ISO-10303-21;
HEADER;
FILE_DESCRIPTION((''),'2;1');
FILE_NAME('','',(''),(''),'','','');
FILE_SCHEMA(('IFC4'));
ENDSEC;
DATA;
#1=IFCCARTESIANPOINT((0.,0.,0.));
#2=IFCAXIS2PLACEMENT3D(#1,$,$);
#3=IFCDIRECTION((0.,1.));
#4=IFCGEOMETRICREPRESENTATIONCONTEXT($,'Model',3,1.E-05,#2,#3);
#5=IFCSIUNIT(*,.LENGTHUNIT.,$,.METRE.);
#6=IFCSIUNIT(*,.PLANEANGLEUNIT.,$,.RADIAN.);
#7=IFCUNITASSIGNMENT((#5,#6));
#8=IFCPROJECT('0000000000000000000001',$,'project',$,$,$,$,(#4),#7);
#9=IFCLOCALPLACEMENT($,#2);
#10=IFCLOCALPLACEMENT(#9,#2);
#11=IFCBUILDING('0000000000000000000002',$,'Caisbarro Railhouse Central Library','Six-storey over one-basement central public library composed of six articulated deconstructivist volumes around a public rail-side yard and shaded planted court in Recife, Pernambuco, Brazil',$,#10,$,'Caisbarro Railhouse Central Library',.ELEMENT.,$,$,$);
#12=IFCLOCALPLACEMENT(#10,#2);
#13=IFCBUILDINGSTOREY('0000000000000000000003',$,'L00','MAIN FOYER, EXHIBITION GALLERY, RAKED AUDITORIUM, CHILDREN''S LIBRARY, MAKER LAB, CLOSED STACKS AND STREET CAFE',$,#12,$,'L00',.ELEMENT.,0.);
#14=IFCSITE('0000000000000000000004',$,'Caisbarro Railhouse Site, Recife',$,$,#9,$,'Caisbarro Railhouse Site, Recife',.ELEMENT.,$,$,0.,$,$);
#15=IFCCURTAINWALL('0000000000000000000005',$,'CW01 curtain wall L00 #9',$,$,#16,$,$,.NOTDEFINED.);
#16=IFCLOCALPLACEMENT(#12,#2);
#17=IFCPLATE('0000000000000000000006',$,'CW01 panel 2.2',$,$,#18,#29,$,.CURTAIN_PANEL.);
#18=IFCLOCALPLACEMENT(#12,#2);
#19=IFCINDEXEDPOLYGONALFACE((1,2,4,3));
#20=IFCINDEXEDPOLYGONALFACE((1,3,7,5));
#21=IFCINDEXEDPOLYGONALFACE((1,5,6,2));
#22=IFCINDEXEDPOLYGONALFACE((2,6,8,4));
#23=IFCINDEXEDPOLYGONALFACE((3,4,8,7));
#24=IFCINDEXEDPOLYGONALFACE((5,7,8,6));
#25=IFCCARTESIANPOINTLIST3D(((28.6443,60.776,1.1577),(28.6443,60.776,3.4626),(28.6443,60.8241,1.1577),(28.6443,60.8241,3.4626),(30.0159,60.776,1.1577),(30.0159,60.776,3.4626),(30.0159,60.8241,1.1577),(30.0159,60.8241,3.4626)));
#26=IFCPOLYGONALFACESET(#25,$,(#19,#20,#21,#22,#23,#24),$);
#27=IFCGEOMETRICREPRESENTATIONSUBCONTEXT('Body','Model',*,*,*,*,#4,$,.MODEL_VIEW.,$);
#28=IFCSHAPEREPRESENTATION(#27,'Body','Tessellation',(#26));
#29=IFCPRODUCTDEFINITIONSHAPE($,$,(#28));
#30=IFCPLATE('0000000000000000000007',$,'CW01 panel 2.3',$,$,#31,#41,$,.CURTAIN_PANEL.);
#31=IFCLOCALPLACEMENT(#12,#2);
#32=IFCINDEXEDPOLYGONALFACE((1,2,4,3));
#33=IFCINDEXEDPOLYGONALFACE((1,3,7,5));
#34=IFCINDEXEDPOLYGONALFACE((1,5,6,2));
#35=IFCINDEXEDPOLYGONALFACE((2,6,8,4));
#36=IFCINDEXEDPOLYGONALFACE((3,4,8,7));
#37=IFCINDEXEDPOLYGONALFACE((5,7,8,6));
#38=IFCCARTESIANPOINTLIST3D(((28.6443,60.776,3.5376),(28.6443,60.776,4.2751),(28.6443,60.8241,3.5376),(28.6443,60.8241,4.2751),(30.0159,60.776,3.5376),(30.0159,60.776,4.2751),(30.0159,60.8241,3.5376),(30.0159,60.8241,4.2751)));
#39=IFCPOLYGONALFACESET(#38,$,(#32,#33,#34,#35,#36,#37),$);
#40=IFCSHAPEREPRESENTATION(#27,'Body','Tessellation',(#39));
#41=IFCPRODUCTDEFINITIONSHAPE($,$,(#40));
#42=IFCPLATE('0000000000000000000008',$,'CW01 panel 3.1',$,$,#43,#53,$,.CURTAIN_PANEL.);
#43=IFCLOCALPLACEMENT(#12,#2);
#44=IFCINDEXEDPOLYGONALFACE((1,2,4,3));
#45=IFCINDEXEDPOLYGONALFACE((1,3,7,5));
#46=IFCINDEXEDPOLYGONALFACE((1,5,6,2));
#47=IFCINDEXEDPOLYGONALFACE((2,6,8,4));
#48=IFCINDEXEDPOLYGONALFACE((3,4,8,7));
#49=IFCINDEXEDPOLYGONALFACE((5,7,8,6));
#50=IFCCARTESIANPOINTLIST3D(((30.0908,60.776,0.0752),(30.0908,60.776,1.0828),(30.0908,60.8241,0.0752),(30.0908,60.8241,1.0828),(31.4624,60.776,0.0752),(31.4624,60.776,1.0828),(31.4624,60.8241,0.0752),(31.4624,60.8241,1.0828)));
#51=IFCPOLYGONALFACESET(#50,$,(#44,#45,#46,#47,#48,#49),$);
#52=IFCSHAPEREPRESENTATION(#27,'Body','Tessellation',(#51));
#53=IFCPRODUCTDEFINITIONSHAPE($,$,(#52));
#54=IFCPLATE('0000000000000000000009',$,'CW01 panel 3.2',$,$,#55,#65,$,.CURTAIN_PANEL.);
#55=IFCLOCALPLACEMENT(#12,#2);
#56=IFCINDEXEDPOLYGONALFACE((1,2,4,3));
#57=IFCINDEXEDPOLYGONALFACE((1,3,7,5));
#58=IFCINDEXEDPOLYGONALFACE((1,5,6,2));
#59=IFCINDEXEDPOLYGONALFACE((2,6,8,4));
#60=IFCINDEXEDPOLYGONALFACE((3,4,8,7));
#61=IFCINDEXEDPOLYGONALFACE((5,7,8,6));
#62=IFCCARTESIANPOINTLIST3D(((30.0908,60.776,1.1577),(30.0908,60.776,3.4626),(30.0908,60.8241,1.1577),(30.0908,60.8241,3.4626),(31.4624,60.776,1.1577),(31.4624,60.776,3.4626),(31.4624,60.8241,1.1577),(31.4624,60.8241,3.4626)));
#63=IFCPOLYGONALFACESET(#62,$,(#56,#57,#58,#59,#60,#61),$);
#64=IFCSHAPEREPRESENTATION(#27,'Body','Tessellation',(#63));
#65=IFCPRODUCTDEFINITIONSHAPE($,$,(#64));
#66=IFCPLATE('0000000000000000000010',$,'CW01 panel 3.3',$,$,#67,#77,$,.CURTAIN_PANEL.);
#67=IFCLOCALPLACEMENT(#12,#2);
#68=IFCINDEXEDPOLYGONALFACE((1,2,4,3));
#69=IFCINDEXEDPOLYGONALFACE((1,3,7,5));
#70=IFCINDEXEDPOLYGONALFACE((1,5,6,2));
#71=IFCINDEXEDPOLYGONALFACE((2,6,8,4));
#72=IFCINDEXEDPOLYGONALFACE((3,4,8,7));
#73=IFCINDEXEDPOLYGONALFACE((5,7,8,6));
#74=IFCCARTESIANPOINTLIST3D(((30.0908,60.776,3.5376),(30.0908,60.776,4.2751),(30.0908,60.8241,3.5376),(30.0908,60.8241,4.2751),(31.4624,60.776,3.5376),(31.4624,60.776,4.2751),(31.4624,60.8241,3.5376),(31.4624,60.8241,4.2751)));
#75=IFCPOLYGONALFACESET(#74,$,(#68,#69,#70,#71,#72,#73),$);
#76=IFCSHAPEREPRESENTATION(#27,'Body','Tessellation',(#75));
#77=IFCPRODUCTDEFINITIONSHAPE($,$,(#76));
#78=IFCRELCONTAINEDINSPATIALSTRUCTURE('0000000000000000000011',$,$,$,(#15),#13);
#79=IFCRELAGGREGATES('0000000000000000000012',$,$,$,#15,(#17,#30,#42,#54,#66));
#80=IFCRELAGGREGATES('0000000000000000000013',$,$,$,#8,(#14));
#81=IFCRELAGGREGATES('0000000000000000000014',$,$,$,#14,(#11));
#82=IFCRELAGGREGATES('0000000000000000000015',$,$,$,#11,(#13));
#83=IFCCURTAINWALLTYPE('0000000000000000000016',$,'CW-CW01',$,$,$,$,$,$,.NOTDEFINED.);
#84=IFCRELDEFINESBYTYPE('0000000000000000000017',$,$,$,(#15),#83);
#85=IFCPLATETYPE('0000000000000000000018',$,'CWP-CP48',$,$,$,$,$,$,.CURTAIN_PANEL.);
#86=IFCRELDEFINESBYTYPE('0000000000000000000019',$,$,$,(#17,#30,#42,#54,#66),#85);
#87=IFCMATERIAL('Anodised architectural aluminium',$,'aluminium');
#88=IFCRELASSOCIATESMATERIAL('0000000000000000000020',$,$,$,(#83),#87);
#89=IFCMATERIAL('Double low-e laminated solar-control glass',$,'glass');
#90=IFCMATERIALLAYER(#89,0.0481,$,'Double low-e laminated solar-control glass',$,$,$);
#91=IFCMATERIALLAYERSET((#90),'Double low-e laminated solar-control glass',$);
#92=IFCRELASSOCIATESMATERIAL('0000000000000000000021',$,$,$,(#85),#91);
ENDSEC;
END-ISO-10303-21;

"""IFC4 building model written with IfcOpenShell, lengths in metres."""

from ifc_helpers import new_model, si_unit, direction, frame, origin, origin_2d, place, context, subcontext, project, spatial, rectangle, extrude, material, layer, layer_set, type_object, element, aggregate, save


model = new_model("IFC4")

# Units and contexts
model_context = context("Model", 3, precision=1e-05, world=origin(), true_north=direction((0.0, 1.0)))
body_context = subcontext(model_context, "Body", "Model", "MODEL_VIEW")
ifc_project = project(units=[si_unit("LENGTHUNIT", "METRE"), si_unit("PLANEANGLEUNIT", "RADIAN")], contexts=[model_context])

# Site, building, storey
site_placement = place(None, origin())
site = spatial("IfcSite", under=ifc_project, at=site_placement, Name="Caisbarro Railhouse Site, Recife", LongName="Caisbarro Railhouse Site, Recife", CompositionType="ELEMENT", RefElevation=0.0)
building_placement = place(site_placement, origin())
building = spatial("IfcBuilding", under=site, at=building_placement, Name="Caisbarro Railhouse Central Library", Description="Six-storey over one-basement central public library composed of six articulated deconstructivist volumes around a public rail-side yard and shaded planted court in Recife, Pernambuco, Brazil", LongName="Caisbarro Railhouse Central Library", CompositionType="ELEMENT")
storey_placement = place(building_placement, origin())
storey = spatial("IfcBuildingStorey", under=building, at=storey_placement, Name="L00", Description="MAIN FOYER, EXHIBITION GALLERY, RAKED AUDITORIUM, CHILDREN'S LIBRARY, MAKER LAB, CLOSED STACKS AND STREET CAFE", LongName="L00", CompositionType="ELEMENT", Elevation=0.0)

# Curtain wall, plates
ifc_material_1 = material(Name="Anodised architectural aluminium", Category="aluminium")
curtain_wall_type = type_object("IfcCurtainWallType", Name="CW-CW01", PredefinedType="NOTDEFINED", material=ifc_material_1)
curtain_wall_placement = place(storey_placement, origin())
curtain_wall = element("IfcCurtainWall", 1, at=curtain_wall_placement, inside=storey, type_object=curtain_wall_type, Name="CW01 curtain wall L00 #9", PredefinedType="NOTDEFINED")
ifc_material_2 = material(Name="Double low-e laminated solar-control glass", Category="glass")
ifc_layer = layer(ifc_material_2, 0.0481, Name="Double low-e laminated solar-control glass")
ifc_layer_set = layer_set([ifc_layer], Name="Double low-e laminated solar-control glass")
plate_type = type_object("IfcPlateType", Name="CWP-CP48", PredefinedType="CURTAIN_PANEL", material=ifc_layer_set)
plate_1_placement = place(storey_placement, frame((29.3301, 60.8, 1.1577), z_axis=(0.0, 0.0, 1.0), x_axis=(1.0, 0.0, 0.0)))
plate_1 = element("IfcPlate", 2, at=plate_1_placement, type_object=plate_type, Name="CW01 panel 2.2", PredefinedType="CURTAIN_PANEL", context=body_context, shape_type="SweptSolid", body=[
    extrude(rectangle(XDim=1.3716, YDim=0.0481, at=origin_2d()), origin(), (0.0, 0.0, 1.0), 2.3049),
])
plate_2_placement = place(storey_placement, frame((29.3301, 60.8, 3.5376), z_axis=(0.0, 0.0, 1.0), x_axis=(1.0, 0.0, 0.0)))
plate_2 = element("IfcPlate", 3, at=plate_2_placement, type_object=plate_type, Name="CW01 panel 2.3", PredefinedType="CURTAIN_PANEL", context=body_context, shape_type="SweptSolid", body=[
    extrude(rectangle(XDim=1.3716, YDim=0.0481, at=origin_2d()), origin(), (0.0, 0.0, 1.0), 0.7375),
])
plate_3_placement = place(storey_placement, frame((30.7766, 60.8, 0.0752), z_axis=(0.0, 0.0, 1.0), x_axis=(1.0, 0.0, 0.0)))
plate_3 = element("IfcPlate", 4, at=plate_3_placement, type_object=plate_type, Name="CW01 panel 3.1", PredefinedType="CURTAIN_PANEL", context=body_context, shape_type="SweptSolid", body=[
    extrude(rectangle(XDim=1.3716, YDim=0.0481, at=origin_2d()), origin(), (0.0, 0.0, 1.0), 1.0076),
])
plate_4_placement = place(storey_placement, frame((30.7766, 60.8, 1.1577), z_axis=(0.0, 0.0, 1.0), x_axis=(1.0, 0.0, 0.0)))
plate_4 = element("IfcPlate", 5, at=plate_4_placement, type_object=plate_type, Name="CW01 panel 3.2", PredefinedType="CURTAIN_PANEL", context=body_context, shape_type="SweptSolid", body=[
    extrude(rectangle(XDim=1.3716, YDim=0.0481, at=origin_2d()), origin(), (0.0, 0.0, 1.0), 2.3049),
])
plate_5_placement = place(storey_placement, frame((30.7766, 60.8, 3.5376), z_axis=(0.0, 0.0, 1.0), x_axis=(1.0, 0.0, 0.0)))
plate_5 = element("IfcPlate", 6, at=plate_5_placement, type_object=plate_type, Name="CW01 panel 3.3", PredefinedType="CURTAIN_PANEL", context=body_context, shape_type="SweptSolid", body=[
    extrude(rectangle(XDim=1.3716, YDim=0.0481, at=origin_2d()), origin(), (0.0, 0.0, 1.0), 0.7375),
])
aggregate(curtain_wall, [plate_1, plate_2, plate_3, plate_4, plate_5])

save(model, "model.ifc")
